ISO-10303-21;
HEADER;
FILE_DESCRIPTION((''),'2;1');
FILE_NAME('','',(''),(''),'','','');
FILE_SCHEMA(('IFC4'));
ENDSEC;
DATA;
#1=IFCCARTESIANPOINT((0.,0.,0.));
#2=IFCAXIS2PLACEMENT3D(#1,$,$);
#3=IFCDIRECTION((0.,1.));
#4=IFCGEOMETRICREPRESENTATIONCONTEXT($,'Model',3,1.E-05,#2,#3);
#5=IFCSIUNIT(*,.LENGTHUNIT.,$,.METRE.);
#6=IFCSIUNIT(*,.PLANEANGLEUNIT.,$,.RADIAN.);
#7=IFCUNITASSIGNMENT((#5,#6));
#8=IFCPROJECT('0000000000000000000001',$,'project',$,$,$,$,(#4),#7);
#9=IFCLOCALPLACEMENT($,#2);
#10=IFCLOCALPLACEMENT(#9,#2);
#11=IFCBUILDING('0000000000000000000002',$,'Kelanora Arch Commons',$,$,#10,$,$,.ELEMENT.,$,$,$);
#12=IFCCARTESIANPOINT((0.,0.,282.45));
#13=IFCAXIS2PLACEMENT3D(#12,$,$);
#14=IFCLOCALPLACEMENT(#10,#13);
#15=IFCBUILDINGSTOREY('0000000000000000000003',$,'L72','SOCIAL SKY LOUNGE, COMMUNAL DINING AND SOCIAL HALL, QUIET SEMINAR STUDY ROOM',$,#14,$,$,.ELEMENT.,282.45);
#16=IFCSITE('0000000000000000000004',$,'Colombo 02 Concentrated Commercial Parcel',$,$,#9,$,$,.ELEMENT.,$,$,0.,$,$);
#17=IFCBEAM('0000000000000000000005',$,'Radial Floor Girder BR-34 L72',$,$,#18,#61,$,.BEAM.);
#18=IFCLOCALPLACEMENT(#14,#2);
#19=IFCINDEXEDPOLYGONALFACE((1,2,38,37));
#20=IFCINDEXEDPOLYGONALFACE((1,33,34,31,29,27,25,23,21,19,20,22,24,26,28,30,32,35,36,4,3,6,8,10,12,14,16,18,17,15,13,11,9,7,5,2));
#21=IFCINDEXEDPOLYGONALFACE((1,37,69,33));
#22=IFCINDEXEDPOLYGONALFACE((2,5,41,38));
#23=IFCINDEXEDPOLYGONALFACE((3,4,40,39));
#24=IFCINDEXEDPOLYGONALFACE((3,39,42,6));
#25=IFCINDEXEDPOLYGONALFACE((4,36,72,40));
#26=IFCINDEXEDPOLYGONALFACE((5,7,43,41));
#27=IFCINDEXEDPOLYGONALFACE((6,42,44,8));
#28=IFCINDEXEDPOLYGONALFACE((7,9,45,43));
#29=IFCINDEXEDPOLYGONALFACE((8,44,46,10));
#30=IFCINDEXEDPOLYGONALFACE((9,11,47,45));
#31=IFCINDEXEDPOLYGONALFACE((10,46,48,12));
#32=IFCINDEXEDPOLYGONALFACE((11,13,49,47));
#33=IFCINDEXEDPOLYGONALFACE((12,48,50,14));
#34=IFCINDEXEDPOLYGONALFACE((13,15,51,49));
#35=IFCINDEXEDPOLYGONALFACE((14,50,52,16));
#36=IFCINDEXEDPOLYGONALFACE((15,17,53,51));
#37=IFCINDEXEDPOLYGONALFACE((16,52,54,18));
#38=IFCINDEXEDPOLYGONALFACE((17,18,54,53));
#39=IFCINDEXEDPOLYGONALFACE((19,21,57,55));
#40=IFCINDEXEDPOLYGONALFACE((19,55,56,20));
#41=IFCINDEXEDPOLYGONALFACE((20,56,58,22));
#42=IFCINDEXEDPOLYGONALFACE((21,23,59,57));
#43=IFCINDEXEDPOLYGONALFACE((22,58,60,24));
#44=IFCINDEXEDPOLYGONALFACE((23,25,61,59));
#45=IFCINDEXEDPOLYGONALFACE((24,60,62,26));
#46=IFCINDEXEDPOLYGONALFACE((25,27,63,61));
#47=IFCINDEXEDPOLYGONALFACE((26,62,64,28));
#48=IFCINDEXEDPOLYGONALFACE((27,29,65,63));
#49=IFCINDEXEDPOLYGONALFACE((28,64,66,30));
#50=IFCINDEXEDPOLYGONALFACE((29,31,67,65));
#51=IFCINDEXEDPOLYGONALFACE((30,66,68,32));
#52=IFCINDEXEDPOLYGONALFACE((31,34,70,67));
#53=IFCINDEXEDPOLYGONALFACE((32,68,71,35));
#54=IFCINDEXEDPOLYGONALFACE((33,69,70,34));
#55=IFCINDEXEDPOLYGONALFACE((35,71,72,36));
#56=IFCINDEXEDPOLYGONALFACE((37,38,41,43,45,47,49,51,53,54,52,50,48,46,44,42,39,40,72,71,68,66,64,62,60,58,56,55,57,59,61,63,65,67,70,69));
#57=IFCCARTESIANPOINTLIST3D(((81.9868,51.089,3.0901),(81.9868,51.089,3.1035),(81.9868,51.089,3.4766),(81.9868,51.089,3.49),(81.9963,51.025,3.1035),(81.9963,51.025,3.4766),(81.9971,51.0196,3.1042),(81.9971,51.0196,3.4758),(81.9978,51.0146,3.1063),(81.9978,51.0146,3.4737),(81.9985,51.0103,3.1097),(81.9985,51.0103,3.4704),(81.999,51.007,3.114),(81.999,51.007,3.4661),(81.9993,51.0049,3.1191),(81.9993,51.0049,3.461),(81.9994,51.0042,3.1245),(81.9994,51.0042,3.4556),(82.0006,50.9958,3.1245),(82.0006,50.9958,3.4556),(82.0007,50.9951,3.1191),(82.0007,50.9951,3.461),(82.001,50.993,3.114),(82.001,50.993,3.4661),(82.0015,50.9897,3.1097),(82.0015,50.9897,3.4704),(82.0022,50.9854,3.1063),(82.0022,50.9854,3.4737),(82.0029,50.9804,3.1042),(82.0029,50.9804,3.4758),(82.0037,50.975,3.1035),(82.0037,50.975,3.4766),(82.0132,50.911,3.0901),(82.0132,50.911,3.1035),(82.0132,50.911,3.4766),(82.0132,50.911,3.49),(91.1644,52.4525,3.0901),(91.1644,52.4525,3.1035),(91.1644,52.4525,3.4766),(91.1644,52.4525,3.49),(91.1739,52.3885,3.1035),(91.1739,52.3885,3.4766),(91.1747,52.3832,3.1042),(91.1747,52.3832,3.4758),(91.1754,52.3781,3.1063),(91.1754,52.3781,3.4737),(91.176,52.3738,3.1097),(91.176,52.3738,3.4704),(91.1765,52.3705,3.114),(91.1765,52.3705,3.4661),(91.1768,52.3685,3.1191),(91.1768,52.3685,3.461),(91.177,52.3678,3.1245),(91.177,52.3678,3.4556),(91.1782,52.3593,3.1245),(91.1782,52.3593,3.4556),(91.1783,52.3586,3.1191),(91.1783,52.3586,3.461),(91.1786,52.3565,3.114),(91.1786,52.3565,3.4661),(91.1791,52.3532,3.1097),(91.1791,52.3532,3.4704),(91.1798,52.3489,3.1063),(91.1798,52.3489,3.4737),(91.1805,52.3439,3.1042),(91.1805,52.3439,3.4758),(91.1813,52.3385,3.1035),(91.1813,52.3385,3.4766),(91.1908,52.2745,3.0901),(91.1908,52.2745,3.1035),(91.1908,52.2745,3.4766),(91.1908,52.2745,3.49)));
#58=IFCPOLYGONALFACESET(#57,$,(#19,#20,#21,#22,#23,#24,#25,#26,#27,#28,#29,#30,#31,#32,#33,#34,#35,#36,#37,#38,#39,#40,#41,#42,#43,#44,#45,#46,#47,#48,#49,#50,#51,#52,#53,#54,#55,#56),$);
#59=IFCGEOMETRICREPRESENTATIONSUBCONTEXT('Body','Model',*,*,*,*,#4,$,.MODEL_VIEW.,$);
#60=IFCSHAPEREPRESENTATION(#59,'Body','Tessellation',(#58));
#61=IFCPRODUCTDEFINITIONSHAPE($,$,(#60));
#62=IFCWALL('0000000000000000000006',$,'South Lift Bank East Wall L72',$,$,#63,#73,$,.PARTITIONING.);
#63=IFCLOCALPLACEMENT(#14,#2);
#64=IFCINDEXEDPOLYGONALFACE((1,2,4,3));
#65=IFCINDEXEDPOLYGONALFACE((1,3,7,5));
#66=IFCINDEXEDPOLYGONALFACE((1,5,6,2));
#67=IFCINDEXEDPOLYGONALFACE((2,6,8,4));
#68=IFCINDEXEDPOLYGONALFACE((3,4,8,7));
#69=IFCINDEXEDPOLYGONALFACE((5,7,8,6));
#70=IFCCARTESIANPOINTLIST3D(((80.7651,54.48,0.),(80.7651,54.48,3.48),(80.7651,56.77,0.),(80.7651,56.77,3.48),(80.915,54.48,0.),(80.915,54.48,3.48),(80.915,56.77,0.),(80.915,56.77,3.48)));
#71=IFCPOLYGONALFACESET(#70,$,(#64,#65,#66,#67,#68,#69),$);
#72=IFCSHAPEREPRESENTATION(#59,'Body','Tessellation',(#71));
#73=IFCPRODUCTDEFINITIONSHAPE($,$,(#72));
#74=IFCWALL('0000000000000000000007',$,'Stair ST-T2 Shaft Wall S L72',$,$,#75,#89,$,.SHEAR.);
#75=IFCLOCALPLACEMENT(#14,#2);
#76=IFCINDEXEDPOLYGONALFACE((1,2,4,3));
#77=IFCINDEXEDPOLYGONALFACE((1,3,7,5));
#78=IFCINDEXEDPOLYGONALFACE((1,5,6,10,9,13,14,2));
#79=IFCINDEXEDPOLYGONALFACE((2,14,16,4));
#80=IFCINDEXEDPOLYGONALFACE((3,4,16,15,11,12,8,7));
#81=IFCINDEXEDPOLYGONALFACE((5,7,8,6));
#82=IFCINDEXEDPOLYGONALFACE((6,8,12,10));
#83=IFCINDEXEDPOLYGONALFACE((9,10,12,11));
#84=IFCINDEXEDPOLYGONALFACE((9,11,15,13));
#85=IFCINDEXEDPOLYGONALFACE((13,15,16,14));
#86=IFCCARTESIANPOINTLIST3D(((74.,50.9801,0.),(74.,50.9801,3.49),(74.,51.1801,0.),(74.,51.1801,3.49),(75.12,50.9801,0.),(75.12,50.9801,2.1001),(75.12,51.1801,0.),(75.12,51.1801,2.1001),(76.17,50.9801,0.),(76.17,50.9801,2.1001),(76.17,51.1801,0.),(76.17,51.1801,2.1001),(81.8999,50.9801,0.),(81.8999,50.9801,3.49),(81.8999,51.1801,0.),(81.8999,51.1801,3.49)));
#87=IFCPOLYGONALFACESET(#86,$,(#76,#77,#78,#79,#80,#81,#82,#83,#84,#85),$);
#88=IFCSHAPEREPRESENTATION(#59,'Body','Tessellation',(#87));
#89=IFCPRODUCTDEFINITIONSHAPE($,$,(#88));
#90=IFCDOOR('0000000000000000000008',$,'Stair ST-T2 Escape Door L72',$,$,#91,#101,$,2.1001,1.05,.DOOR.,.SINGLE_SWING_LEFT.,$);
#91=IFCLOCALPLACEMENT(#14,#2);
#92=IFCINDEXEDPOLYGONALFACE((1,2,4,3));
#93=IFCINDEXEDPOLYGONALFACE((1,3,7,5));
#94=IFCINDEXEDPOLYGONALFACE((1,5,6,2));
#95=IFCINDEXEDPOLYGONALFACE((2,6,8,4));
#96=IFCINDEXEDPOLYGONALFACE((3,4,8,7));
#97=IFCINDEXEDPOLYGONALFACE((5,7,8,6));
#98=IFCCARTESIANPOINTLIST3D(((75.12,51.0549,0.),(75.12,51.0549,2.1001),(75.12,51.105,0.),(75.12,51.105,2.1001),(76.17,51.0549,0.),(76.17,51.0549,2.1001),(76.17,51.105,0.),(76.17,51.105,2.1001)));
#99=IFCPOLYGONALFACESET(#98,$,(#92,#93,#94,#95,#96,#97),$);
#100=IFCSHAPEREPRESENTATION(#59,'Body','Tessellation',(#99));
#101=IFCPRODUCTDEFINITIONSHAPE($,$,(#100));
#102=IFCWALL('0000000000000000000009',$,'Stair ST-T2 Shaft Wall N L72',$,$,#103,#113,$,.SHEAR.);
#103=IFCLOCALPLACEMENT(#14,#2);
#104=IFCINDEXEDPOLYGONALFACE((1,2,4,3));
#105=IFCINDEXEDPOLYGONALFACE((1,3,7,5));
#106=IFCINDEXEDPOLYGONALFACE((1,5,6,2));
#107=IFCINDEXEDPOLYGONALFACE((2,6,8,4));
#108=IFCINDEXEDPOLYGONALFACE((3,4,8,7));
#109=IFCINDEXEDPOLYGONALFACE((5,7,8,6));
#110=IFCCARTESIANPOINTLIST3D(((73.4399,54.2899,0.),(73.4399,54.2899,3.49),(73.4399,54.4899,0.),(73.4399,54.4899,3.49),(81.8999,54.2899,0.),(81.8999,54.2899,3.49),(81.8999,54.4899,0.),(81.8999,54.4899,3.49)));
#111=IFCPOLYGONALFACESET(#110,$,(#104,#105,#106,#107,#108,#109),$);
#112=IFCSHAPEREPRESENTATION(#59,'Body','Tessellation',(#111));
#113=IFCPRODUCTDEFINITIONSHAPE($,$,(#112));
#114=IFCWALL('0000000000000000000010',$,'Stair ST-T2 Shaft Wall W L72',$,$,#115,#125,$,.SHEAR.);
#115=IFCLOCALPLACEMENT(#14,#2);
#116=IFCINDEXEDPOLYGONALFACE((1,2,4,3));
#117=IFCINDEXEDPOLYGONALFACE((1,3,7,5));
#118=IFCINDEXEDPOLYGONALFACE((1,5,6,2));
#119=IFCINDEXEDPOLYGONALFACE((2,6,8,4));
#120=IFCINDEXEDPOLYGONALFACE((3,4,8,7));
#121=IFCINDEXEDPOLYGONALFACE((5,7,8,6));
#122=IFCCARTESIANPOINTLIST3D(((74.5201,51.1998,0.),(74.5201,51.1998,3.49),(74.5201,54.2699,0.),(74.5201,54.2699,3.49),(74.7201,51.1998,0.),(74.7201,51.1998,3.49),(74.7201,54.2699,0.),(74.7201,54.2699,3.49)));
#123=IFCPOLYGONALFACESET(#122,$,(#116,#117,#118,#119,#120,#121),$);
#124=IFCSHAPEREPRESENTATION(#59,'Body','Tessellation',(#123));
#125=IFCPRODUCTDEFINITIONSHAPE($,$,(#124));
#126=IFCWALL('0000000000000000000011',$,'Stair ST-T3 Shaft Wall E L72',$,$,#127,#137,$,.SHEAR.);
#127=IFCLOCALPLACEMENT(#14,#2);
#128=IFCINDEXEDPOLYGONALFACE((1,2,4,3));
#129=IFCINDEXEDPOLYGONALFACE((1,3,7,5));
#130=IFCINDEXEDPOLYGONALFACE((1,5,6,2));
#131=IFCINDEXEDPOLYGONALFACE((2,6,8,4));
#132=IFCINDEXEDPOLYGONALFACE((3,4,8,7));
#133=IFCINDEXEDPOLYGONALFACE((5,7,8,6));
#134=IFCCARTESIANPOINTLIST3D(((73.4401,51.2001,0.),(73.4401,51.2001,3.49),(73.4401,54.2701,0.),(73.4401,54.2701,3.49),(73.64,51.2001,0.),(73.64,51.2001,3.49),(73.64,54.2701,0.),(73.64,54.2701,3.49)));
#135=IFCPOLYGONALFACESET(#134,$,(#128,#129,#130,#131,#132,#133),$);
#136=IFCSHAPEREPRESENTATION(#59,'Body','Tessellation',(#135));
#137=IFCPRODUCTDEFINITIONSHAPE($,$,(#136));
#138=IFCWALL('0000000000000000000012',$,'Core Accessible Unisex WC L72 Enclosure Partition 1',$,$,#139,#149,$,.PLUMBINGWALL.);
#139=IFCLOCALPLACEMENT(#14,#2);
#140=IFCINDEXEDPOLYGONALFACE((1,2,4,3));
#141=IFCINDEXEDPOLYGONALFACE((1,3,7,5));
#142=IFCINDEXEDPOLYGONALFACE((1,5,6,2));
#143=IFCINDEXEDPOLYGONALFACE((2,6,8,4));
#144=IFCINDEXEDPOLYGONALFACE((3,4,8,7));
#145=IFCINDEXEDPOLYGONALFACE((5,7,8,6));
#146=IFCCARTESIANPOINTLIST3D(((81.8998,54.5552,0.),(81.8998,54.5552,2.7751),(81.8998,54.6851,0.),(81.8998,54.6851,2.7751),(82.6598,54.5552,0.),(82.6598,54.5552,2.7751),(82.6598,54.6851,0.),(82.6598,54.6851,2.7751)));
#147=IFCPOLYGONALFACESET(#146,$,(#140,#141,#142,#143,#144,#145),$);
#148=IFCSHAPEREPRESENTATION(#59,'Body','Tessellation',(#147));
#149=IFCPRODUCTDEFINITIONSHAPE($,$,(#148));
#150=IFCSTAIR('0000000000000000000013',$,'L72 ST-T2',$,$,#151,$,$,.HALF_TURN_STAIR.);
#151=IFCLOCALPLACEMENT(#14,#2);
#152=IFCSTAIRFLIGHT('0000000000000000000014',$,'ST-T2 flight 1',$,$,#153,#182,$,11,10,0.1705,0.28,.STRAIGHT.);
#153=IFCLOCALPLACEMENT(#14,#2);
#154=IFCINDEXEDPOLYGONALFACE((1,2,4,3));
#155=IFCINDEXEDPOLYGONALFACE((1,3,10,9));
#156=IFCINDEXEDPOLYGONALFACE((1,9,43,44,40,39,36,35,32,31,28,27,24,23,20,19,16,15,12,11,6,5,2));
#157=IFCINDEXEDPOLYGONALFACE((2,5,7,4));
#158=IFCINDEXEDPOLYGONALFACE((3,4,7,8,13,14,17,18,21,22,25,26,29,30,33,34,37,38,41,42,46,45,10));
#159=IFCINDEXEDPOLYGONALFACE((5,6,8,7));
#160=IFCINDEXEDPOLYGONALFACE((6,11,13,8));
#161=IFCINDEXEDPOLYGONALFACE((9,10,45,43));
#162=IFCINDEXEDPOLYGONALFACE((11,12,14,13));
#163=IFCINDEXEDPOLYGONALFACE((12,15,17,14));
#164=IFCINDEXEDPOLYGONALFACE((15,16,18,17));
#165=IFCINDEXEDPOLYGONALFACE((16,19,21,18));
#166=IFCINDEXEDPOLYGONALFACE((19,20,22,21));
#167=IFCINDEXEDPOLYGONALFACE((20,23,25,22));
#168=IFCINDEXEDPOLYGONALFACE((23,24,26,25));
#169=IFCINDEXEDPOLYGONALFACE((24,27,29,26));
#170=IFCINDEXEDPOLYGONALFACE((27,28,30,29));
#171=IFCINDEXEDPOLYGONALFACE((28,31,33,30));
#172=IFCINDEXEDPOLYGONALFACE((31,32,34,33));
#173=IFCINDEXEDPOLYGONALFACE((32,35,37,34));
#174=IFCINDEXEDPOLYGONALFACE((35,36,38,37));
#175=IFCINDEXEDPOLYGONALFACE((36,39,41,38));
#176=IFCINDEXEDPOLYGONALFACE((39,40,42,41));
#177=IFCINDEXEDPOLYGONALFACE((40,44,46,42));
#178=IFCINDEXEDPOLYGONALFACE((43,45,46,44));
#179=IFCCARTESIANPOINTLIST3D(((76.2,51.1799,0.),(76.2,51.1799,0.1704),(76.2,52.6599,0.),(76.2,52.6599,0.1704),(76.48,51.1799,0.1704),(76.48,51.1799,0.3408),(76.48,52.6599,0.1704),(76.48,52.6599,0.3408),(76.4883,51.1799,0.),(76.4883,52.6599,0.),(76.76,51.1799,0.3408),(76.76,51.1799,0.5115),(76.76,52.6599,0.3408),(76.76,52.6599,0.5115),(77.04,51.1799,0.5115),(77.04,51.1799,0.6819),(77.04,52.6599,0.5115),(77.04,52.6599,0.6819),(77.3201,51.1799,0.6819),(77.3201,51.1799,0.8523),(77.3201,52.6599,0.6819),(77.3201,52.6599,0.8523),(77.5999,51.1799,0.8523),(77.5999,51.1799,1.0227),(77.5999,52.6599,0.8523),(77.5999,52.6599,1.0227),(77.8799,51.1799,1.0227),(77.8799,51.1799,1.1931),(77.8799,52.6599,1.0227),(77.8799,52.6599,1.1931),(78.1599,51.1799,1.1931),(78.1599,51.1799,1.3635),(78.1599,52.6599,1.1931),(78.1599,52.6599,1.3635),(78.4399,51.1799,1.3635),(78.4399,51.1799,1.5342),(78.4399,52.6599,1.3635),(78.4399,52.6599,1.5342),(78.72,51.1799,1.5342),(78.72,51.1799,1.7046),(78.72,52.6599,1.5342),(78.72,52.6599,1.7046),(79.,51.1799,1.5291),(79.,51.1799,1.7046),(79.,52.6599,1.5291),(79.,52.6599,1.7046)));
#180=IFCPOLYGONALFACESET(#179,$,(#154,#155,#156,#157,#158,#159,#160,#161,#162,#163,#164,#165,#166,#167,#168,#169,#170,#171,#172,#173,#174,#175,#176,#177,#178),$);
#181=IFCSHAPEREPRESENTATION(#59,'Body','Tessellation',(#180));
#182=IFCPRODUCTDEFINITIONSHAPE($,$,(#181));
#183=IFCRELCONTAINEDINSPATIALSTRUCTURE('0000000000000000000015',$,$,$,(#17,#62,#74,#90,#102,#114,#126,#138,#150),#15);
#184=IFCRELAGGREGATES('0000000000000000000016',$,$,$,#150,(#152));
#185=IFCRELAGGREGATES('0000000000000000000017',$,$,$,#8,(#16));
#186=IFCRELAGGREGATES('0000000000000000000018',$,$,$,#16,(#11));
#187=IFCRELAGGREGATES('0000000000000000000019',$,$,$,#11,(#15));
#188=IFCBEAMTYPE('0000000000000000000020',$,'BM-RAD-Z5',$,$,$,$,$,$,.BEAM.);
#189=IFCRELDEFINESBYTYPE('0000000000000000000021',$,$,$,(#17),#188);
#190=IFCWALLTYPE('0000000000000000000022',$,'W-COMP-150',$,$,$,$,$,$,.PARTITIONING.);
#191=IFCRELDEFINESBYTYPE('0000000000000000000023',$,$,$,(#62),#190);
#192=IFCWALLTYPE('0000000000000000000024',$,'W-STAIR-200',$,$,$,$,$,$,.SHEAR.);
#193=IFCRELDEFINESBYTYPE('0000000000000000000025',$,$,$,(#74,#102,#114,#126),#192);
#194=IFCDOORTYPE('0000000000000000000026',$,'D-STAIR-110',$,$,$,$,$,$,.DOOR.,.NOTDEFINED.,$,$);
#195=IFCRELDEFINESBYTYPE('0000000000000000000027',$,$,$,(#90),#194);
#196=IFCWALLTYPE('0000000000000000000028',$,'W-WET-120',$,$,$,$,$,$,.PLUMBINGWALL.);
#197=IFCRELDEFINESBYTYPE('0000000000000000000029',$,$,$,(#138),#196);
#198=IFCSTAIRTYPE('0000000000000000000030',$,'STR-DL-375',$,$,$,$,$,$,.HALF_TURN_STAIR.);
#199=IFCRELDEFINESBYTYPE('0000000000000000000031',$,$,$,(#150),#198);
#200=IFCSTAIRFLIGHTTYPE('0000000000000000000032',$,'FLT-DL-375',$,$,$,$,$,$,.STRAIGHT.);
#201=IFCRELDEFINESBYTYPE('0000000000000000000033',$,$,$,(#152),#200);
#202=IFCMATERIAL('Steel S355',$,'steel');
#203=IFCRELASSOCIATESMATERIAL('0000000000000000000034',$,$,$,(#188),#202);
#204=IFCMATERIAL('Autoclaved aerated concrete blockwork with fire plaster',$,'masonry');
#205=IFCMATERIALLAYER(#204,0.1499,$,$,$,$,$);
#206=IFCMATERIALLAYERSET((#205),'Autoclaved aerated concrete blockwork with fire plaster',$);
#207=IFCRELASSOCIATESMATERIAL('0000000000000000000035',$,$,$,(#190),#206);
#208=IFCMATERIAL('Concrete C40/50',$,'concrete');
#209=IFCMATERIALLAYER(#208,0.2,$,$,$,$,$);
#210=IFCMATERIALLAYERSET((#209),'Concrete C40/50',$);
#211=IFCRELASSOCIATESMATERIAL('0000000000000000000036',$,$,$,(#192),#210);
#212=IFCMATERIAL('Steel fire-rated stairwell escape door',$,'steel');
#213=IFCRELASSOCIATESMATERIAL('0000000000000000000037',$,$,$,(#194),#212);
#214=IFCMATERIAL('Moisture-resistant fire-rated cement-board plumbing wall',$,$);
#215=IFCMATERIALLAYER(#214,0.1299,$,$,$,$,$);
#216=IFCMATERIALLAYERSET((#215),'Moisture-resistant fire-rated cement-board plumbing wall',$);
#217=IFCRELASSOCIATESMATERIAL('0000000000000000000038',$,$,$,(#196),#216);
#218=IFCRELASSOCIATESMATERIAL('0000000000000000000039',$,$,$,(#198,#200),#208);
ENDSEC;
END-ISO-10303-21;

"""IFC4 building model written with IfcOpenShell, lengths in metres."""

from ifc_helpers import new_model, si_unit, direction, frame, frame_2d, origin, origin_2d, place, context, subcontext, project, spatial, polyline, rectangle, i_section, outline, extrude, material, layer, layer_set, material_profile, profile_set, type_object, element, fill, aggregate, save


model = new_model("IFC4")

# Units and contexts
model_context = context("Model", 3, precision=1e-05, world=origin(), true_north=direction((0.0, 1.0)))
body_context = subcontext(model_context, "Body", "Model", "MODEL_VIEW")
ifc_project = project(units=[si_unit("LENGTHUNIT", "METRE"), si_unit("PLANEANGLEUNIT", "RADIAN")], contexts=[model_context])

# Site, building, storey
site_placement = place(None, origin())
site = spatial("IfcSite", under=ifc_project, at=site_placement, Name="Colombo 02 Concentrated Commercial Parcel", CompositionType="ELEMENT", RefElevation=0.0)
building_placement = place(site_placement, origin())
building = spatial("IfcBuilding", under=site, at=building_placement, Name="Kelanora Arch Commons", CompositionType="ELEMENT")
storey_placement = place(building_placement, frame((0.0, 0.0, 282.45)))
storey = spatial("IfcBuildingStorey", under=building, at=storey_placement, Name="L72", Description="SOCIAL SKY LOUNGE, COMMUNAL DINING AND SOCIAL HALL, QUIET SEMINAR STUDY ROOM", CompositionType="ELEMENT", Elevation=282.45)

# Beam
ifc_material_1 = material(Name="Steel S355", Category="steel")
ifc_material_profile_1 = material_profile(ifc_material_1, i_section(OverallWidth=0.1799, OverallDepth=0.3999, WebThickness=0.0085, FlangeThickness=0.0134, FilletRadius=0.021, at=origin_2d()), Name="IPE400")
ifc_profile_set_1 = profile_set([ifc_material_profile_1], Name="Steel S355")
beam_type_1 = type_object("IfcBeamType", Name="BM-RAD-Z5", PredefinedType="BEAM", material=ifc_profile_set_1)
beam_1_placement = place(storey_placement, frame((82.0, 51.0, 3.29), z_axis=(0.989142, 0.14696, 0.0), x_axis=(-0.14696, 0.989142, 0.0)))
element("IfcBeam", 1, at=beam_1_placement, inside=storey, type_object=beam_type_1, Name="Radial Floor Girder BR-34 L72", PredefinedType="BEAM", context=body_context, shape_type="SweptSolid", body=[
    extrude(i_section(OverallWidth=0.1799, OverallDepth=0.3999, WebThickness=0.0085, FlangeThickness=0.0134, FilletRadius=0.021, at=origin_2d()), origin(), (0.0, 0.0, 1.0), 9.2783),
])

# Wall
ifc_material_2 = material(Name="Autoclaved aerated concrete blockwork with fire plaster", Category="masonry")
ifc_layer_1 = layer(ifc_material_2, 0.1499)
ifc_layer_set_1 = layer_set([ifc_layer_1], Name="Autoclaved aerated concrete blockwork with fire plaster")
wall_type_1 = type_object("IfcWallType", Name="W-COMP-150", PredefinedType="PARTITIONING", material=ifc_layer_set_1)
wall_1_placement = place(storey_placement, frame((80.8401, 54.48, 0.0), z_axis=(0.0, 0.0, 1.0), x_axis=(0.0, 1.0, 0.0)))
element("IfcWall", 2, at=wall_1_placement, inside=storey, type_object=wall_type_1, Name="South Lift Bank East Wall L72", PredefinedType="PARTITIONING", context=body_context, shape_type="SweptSolid", body=[
    extrude(rectangle(XDim=2.29, YDim=0.1499, at=frame_2d((1.145, 0.0))), origin(), (0.0, 0.0, 1.0), 3.48),
])

# Wall, opening, door
ifc_material_3 = material(Name="Concrete C40/50", Category="concrete")
ifc_layer_2 = layer(ifc_material_3, 0.2)
ifc_layer_set_2 = layer_set([ifc_layer_2], Name="Concrete C40/50")
wall_type_2 = type_object("IfcWallType", Name="W-STAIR-200", PredefinedType="SHEAR", material=ifc_layer_set_2)
wall_2_placement = place(storey_placement, frame((74.0, 51.0801, 0.0), z_axis=(0.0, 0.0, 1.0), x_axis=(1.0, 0.0, 0.0)))
wall_2 = element("IfcWall", 3, at=wall_2_placement, inside=storey, type_object=wall_type_2, Name="Stair ST-T2 Shaft Wall S L72", PredefinedType="SHEAR", context=body_context, shape_type="SweptSolid", body=[
    extrude(rectangle(XDim=7.8999, YDim=0.2, at=frame_2d((3.95, 0.0))), origin(), (0.0, 0.0, 1.0), 3.49),
])
opening_placement = place(wall_2_placement, frame((1.1201, 0.0, 0.0)))
opening = element("IfcOpeningElement", 4, at=opening_placement, cuts=wall_2, PredefinedType="OPENING", context=body_context, shape_type="SweptSolid", body=[
    extrude(rectangle(XDim=1.05, YDim=2.1001, at=frame_2d((0.5249, 1.05))), frame((0.0, 0.1099, 0.0), z_axis=(0.0, -1.0, 0.0), x_axis=(1.0, 0.0, 0.0)), (0.0, 0.0, 1.0), 0.22),
])
ifc_material_4 = material(Name="Steel fire-rated stairwell escape door", Category="steel")
door_type = type_object("IfcDoorType", Name="D-STAIR-110", OperationType="NOTDEFINED", PredefinedType="DOOR", material=ifc_material_4)
door_placement = place(opening_placement, origin())
door = element("IfcDoor", 5, at=door_placement, inside=storey, type_object=door_type, Name="Stair ST-T2 Escape Door L72", OperationType="SINGLE_SWING_LEFT", OverallHeight=2.1001, OverallWidth=1.05, PredefinedType="DOOR", context=body_context, shape_type="SweptSolid", body=[
    extrude(rectangle(XDim=1.05, YDim=2.1001, at=frame_2d((0.5249, 1.05))), frame((0.0, 0.0249, 0.0), z_axis=(0.0, -1.0, 0.0), x_axis=(1.0, 0.0, 0.0)), (0.0, 0.0, 1.0), 0.05),
])
fill(opening, door)

# Walls
wall_3_placement = place(storey_placement, frame((81.8999, 54.3899, 0.0), z_axis=(0.0, 0.0, 1.0), x_axis=(-1.0, 0.0, 0.0)))
element("IfcWall", 6, at=wall_3_placement, inside=storey, type_object=wall_type_2, Name="Stair ST-T2 Shaft Wall N L72", PredefinedType="SHEAR", context=body_context, shape_type="SweptSolid", body=[
    extrude(rectangle(XDim=8.46, YDim=0.2, at=frame_2d((4.23, 0.0))), origin(), (0.0, 0.0, 1.0), 3.49),
])
for number, where, z_axis, x_axis, name in (
    (7, (74.6201, 54.27, 0.0), (0.0, 0.0, 1.0), (0.0, -1.0, 0.0), "Stair ST-T2 Shaft Wall W L72"),
    (8, (73.54, 51.2, 0.0), (0.0, 0.0, 1.0), (0.0, 1.0, 0.0), "Stair ST-T3 Shaft Wall E L72"),
):
    element("IfcWall", number, at=place(storey_placement, frame(where, z_axis=z_axis, x_axis=x_axis)), inside=storey, type_object=wall_type_2, Name=name, PredefinedType="SHEAR", context=body_context, shape_type="SweptSolid", body=[
        extrude(rectangle(XDim=3.0701, YDim=0.2, at=frame_2d((1.5352, 0.0))), origin(), (0.0, 0.0, 1.0), 3.49),
    ])
ifc_material_5 = material(Name="Moisture-resistant fire-rated cement-board plumbing wall")
ifc_layer_3 = layer(ifc_material_5, 0.1299)
ifc_layer_set_3 = layer_set([ifc_layer_3], Name="Moisture-resistant fire-rated cement-board plumbing wall")
wall_type_3 = type_object("IfcWallType", Name="W-WET-120", PredefinedType="PLUMBINGWALL", material=ifc_layer_set_3)
wall_4_placement = place(storey_placement, frame((81.8999, 54.6201, 0.0), z_axis=(0.0, 0.0, 1.0), x_axis=(1.0, 0.0, 0.0)))
element("IfcWall", 9, at=wall_4_placement, inside=storey, type_object=wall_type_3, Name="Core Accessible Unisex WC L72 Enclosure Partition 1", PredefinedType="PLUMBINGWALL", context=body_context, shape_type="SweptSolid", body=[
    extrude(rectangle(XDim=0.76, YDim=0.1299, at=frame_2d((0.3799, 0.0))), origin(), (0.0, 0.0, 1.0), 2.7751),
])

# Stair, stair flight
stair_type = type_object("IfcStairType", Name="STR-DL-375", PredefinedType="HALF_TURN_STAIR", material=ifc_material_3)
stair_placement = place(storey_placement, origin())
stair = element("IfcStair", 10, at=stair_placement, inside=storey, type_object=stair_type, Name="L72 ST-T2", PredefinedType="HALF_TURN_STAIR")
stair_flight_type = type_object("IfcStairFlightType", Name="FLT-DL-375", PredefinedType="STRAIGHT", material=ifc_material_3)
stair_flight_1_placement = place(storey_placement, frame((76.2, 51.9199, 0.0), z_axis=(0.0, 0.0, 1.0), x_axis=(1.0, 0.0, 0.0)))
stair_flight_1 = element("IfcStairFlight", 11, at=stair_flight_1_placement, type_object=stair_flight_type, Name="ST-T2 flight 1", NumberOfRisers=11, NumberOfTreads=10, PredefinedType="STRAIGHT", RiserHeight=0.1705, TreadLength=0.28, context=body_context, shape_type="SweptSolid", body=[
    extrude(outline(polyline([(0.0, 0.0), (0.0, 0.1704), (0.28, 0.1704), (0.28, 0.3408), (0.5601, 0.3408), (0.5601, 0.5115), (0.8401, 0.5115), (0.8401, 0.6819), (1.1201, 0.6819), (1.1201, 0.8523), (1.3999, 0.8523), (1.3999, 1.0227), (1.6799, 1.0227), (1.6799, 1.1931), (1.96, 1.1931), (1.96, 1.3635), (2.24, 1.3635), (2.24, 1.5342), (2.52, 1.5342), (2.52, 1.7046), (2.8, 1.7046), (2.8, 1.875), (2.8, 1.5291), (0.2883, 0.0), (0.0, 0.0)])), frame((0.0, 0.74, 0.0), z_axis=(0.0, -1.0, 0.0), x_axis=(1.0, 0.0, 0.0)), (0.0, 0.0, 1.0), 1.48),
])
aggregate(stair, [stair_flight_1])

save(model, "model.ifc")
